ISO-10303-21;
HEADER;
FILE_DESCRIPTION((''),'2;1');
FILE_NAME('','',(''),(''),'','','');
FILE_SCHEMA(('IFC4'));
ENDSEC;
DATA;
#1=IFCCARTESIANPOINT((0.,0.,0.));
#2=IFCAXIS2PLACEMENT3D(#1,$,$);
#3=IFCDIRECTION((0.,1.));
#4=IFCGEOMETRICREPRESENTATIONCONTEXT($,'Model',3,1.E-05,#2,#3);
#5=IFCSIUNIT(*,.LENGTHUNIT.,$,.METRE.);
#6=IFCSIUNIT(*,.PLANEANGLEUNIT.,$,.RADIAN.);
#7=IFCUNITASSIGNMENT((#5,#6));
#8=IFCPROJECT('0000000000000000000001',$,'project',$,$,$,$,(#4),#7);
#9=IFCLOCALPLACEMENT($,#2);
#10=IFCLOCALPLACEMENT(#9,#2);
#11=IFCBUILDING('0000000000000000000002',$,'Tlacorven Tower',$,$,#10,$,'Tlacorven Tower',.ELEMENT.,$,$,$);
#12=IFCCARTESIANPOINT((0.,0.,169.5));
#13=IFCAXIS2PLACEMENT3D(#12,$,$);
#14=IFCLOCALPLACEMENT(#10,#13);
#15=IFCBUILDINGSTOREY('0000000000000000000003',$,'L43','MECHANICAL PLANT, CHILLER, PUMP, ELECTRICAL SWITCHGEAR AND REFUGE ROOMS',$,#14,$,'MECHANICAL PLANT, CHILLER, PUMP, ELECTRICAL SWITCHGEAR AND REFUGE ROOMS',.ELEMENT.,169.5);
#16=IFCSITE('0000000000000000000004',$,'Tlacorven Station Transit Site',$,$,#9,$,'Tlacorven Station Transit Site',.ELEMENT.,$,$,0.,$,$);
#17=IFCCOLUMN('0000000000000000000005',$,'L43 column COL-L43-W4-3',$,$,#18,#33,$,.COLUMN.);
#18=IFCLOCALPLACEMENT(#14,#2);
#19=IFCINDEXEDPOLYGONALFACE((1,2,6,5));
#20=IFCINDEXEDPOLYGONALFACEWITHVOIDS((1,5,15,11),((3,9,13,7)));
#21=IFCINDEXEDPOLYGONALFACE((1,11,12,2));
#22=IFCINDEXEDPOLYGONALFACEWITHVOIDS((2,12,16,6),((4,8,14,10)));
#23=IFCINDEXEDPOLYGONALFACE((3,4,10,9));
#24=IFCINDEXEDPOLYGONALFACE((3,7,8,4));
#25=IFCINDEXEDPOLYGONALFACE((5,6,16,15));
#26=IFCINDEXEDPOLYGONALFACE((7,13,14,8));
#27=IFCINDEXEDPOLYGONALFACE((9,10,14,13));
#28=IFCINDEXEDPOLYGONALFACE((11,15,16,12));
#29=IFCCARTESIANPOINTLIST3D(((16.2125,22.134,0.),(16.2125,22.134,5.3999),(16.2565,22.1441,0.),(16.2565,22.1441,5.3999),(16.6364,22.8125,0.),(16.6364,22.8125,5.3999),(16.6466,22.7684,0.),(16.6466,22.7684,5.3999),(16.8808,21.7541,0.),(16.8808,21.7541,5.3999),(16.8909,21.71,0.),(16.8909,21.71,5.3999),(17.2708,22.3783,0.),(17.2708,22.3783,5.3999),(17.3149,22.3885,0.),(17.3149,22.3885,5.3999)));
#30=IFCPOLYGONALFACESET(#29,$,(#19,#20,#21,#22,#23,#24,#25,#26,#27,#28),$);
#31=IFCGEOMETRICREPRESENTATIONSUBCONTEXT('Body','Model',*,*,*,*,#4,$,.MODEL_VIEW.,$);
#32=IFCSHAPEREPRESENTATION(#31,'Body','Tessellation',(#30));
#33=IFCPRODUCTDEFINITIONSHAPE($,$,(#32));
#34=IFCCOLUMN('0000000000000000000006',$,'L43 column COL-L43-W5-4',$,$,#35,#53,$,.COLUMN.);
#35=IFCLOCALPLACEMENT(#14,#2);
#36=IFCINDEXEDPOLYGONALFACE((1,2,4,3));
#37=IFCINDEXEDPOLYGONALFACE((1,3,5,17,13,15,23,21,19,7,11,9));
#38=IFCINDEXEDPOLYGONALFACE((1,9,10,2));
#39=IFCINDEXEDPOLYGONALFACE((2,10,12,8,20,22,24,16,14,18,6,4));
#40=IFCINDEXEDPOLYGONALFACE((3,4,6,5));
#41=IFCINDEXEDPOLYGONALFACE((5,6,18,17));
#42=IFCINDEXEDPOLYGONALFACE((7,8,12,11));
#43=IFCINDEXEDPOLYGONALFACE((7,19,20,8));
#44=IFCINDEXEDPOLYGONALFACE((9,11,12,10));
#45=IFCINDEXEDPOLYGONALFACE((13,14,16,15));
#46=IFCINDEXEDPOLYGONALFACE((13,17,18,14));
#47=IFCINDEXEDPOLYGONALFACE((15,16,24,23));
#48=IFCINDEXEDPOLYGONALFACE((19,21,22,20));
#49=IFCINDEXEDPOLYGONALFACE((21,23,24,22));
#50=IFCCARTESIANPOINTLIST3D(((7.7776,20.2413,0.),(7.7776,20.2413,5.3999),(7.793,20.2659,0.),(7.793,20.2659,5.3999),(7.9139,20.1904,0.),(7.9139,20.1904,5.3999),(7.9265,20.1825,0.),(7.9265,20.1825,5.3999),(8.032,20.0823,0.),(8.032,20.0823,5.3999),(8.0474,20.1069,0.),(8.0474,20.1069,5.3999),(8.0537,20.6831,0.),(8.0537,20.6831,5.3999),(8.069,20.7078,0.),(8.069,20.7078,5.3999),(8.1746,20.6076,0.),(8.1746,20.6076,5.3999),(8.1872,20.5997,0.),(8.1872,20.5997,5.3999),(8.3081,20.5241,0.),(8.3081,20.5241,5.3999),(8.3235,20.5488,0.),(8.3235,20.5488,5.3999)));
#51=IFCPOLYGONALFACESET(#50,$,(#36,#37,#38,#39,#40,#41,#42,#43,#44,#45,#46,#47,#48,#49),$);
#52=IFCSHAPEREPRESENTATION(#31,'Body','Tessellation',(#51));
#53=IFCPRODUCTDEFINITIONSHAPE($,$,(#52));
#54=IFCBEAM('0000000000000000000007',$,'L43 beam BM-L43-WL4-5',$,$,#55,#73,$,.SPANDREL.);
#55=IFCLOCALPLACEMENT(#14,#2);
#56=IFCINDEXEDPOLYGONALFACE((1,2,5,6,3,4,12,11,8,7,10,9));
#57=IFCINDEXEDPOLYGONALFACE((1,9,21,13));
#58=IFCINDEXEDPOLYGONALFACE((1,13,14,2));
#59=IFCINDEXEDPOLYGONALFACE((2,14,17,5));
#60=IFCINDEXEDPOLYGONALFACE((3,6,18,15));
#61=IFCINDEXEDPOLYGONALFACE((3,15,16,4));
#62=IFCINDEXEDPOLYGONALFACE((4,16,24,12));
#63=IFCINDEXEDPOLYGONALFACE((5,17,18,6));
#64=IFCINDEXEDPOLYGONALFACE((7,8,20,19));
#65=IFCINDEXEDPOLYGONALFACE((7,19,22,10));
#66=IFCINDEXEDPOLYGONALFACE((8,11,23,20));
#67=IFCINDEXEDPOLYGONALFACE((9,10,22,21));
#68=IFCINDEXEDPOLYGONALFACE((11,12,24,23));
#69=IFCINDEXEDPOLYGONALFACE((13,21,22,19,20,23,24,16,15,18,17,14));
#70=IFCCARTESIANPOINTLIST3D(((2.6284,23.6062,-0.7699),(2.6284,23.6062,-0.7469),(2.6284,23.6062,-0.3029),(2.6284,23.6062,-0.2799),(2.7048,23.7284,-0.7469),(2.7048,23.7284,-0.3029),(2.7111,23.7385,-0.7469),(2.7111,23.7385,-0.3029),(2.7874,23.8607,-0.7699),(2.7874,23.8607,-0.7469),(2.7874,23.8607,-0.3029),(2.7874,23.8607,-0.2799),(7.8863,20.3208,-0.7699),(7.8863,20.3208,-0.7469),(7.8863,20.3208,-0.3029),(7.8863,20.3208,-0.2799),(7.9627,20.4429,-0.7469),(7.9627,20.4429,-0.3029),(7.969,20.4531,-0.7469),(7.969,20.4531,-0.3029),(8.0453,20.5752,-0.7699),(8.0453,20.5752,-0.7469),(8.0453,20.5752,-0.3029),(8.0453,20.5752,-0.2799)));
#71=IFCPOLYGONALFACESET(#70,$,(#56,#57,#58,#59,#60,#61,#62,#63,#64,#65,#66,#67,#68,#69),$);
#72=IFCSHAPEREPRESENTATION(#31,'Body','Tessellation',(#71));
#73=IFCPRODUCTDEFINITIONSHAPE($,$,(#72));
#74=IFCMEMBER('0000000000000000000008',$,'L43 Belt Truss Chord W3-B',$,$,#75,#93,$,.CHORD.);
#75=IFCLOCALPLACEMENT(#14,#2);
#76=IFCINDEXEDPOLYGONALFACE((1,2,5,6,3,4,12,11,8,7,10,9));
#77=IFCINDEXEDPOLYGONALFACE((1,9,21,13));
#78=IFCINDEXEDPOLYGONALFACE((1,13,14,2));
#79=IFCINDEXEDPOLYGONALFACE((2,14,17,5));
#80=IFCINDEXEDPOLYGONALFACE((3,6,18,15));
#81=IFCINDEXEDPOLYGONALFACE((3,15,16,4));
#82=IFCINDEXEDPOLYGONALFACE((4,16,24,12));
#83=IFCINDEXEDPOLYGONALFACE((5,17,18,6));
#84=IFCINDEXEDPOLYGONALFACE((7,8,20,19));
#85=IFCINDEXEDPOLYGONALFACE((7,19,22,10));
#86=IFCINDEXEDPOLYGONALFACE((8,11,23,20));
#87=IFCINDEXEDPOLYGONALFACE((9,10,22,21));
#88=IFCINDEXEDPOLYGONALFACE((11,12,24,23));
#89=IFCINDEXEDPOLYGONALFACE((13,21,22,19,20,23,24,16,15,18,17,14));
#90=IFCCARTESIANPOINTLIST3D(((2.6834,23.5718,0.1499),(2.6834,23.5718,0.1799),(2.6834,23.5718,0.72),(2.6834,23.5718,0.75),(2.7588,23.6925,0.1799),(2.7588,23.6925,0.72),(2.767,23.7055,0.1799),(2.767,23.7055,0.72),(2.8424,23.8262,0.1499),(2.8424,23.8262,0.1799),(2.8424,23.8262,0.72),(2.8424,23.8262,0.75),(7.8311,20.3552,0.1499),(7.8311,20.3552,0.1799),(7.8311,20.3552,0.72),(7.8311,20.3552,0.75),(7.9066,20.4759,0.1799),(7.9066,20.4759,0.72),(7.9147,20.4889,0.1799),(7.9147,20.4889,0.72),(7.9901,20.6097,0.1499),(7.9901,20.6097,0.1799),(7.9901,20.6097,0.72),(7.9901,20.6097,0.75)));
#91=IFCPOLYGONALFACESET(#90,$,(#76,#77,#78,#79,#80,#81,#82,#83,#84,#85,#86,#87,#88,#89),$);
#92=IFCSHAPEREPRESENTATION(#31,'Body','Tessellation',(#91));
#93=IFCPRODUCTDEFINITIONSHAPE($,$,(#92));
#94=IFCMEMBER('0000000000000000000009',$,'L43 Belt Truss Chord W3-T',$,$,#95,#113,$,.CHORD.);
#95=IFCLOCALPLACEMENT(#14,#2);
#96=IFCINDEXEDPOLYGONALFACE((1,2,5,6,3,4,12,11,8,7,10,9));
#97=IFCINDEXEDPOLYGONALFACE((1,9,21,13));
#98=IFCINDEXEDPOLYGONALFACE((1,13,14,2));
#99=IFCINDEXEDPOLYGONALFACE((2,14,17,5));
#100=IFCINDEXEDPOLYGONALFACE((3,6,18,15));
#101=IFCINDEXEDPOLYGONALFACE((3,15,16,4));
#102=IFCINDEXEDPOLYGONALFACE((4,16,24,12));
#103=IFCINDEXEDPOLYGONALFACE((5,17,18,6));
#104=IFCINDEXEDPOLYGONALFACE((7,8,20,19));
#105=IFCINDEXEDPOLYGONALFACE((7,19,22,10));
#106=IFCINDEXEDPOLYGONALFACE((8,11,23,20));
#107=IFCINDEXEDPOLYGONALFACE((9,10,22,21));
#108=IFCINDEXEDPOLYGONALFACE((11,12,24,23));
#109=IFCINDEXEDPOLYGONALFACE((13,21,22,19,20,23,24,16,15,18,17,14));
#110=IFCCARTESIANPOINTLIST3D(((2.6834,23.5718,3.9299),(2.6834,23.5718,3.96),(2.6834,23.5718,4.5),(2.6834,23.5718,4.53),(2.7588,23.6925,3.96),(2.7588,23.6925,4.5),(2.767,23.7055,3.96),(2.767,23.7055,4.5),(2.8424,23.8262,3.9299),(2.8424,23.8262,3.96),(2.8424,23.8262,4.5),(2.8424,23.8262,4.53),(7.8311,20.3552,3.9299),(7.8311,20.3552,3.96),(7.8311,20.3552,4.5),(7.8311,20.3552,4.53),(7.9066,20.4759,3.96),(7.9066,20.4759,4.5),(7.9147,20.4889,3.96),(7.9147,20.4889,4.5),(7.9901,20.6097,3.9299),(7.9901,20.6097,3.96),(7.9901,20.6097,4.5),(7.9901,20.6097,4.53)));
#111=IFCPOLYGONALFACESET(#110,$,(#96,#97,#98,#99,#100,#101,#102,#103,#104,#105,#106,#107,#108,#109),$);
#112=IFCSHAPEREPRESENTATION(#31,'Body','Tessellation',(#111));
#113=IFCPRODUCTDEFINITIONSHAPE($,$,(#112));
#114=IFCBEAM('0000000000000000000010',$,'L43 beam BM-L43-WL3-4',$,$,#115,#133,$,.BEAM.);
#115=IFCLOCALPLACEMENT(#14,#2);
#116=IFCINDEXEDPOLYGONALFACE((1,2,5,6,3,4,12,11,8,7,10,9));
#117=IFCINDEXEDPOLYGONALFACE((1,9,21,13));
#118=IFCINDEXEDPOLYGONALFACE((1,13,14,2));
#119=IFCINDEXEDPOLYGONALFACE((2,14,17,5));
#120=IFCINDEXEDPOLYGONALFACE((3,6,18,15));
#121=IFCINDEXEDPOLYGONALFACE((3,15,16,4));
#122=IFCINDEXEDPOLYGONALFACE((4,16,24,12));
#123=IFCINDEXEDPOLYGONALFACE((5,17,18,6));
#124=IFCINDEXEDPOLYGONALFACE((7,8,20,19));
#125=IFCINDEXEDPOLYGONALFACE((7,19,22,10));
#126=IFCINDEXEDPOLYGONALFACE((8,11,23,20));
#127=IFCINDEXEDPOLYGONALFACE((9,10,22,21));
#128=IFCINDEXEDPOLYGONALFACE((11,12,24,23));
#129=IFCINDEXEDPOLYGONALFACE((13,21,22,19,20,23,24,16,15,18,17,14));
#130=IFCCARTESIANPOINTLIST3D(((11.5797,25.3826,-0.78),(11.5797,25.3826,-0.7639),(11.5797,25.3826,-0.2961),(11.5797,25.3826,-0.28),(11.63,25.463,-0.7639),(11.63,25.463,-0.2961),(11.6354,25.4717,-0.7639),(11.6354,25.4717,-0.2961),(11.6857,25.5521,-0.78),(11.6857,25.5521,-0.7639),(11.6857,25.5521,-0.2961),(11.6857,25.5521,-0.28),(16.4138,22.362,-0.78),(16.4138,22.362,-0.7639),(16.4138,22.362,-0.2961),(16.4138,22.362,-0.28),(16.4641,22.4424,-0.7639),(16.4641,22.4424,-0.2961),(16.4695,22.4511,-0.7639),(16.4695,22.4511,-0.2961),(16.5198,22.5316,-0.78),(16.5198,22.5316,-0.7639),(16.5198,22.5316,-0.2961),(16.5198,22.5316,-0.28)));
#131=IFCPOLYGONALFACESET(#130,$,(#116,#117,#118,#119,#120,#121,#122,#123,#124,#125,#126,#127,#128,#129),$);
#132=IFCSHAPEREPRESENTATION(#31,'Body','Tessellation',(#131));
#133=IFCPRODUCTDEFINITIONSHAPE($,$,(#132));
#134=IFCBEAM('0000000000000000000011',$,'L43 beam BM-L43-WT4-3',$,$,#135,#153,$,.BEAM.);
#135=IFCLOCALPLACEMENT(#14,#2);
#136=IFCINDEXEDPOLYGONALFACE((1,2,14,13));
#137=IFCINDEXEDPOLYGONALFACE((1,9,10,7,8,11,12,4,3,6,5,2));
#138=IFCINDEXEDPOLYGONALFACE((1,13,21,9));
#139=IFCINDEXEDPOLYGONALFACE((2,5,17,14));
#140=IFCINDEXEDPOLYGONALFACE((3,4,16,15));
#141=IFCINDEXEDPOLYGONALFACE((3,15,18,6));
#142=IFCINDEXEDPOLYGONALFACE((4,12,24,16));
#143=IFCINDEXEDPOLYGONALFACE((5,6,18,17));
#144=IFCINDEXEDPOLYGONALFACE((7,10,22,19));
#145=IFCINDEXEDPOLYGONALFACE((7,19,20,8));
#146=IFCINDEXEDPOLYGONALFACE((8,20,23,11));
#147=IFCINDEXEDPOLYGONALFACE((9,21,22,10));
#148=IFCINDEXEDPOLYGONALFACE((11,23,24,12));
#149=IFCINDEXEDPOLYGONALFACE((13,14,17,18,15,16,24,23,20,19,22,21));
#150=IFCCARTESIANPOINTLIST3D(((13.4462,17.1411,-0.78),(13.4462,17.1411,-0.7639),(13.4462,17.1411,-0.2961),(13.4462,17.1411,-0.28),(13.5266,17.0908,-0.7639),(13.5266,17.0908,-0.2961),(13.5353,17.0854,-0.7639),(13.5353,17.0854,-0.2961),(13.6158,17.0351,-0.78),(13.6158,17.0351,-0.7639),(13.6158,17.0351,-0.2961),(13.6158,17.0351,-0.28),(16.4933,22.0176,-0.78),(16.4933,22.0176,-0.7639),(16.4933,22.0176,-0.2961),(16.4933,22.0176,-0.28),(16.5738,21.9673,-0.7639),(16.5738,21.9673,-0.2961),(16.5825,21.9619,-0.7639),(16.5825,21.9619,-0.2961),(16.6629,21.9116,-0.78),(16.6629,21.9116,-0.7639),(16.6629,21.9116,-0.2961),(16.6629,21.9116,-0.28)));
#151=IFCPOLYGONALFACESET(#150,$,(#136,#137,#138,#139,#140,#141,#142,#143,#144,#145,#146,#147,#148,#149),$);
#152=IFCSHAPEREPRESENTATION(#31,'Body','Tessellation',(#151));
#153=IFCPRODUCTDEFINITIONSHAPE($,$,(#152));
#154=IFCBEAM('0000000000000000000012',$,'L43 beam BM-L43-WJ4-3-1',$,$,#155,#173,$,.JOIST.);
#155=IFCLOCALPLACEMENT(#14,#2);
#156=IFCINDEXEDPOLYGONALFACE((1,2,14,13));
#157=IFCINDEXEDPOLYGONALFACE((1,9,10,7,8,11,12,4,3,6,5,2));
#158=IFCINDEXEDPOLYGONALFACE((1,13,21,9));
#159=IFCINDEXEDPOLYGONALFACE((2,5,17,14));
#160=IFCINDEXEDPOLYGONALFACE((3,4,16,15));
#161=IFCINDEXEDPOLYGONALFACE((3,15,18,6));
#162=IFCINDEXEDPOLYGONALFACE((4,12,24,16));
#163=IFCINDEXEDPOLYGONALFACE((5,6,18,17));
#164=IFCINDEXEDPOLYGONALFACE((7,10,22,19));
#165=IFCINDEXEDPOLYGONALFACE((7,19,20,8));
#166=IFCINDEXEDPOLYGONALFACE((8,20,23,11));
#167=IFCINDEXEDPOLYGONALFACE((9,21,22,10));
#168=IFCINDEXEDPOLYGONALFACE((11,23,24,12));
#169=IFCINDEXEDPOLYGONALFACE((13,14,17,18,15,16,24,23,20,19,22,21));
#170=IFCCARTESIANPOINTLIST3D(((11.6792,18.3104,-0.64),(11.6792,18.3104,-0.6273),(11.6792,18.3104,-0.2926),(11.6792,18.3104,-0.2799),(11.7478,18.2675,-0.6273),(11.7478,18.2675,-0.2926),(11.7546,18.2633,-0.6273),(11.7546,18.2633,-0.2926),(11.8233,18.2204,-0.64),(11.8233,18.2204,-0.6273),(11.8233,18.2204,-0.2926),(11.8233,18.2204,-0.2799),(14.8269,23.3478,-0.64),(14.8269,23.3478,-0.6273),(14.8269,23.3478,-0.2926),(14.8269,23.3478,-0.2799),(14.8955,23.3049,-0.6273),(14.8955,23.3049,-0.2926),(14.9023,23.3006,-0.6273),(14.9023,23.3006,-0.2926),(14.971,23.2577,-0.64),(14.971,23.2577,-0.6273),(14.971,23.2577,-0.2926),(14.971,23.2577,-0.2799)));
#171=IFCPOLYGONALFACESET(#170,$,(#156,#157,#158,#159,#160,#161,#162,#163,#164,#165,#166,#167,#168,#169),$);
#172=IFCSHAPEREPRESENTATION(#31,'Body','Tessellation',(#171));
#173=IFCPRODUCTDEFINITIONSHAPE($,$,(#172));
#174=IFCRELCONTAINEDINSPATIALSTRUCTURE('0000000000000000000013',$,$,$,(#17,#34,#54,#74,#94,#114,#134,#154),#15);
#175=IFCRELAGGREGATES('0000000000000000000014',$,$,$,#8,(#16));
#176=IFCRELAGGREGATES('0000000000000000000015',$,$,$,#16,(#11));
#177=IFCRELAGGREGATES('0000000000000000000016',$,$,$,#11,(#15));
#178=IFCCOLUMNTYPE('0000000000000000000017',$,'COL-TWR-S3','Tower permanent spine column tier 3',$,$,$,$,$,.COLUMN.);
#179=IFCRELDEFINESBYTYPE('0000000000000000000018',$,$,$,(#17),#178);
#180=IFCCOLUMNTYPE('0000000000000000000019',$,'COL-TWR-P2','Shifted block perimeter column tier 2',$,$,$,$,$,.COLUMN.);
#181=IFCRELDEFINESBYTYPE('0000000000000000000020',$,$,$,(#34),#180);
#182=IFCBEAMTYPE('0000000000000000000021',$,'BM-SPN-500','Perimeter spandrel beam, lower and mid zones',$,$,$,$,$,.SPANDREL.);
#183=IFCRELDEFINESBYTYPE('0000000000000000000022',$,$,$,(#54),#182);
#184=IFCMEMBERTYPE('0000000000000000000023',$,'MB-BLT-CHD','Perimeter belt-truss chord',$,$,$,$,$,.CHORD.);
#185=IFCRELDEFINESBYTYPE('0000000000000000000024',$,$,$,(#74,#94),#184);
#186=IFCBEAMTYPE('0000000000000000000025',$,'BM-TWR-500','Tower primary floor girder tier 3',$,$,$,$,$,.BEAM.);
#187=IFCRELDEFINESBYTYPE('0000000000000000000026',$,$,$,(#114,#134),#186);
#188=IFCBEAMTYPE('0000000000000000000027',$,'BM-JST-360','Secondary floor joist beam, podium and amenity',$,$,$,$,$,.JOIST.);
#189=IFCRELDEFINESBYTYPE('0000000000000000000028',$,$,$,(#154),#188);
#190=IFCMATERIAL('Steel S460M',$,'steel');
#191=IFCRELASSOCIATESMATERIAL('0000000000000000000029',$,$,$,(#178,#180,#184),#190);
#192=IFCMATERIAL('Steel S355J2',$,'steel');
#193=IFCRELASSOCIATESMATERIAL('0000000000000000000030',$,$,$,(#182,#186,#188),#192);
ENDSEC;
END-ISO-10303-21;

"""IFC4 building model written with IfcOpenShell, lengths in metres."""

from ifc_helpers import new_model, si_unit, direction, frame, origin, origin_2d, place, context, subcontext, project, spatial, hollow_rectangle, i_section, extrude, source, transform, mapped, material, material_profile, profile_set, type_object, element, save


model = new_model("IFC4")

# Units and contexts
model_context = context("Model", 3, precision=1e-05, world=origin(), true_north=direction((0.0, 1.0)))
body_context = subcontext(model_context, "Body", "Model", "MODEL_VIEW")
ifc_project = project(units=[si_unit("LENGTHUNIT", "METRE"), si_unit("PLANEANGLEUNIT", "RADIAN")], contexts=[model_context])

# Site, building, storey
site_placement = place(None, origin())
site = spatial("IfcSite", under=ifc_project, at=site_placement, Name="Tlacorven Station Transit Site", LongName="Tlacorven Station Transit Site", CompositionType="ELEMENT", RefElevation=0.0)
building_placement = place(site_placement, origin())
building = spatial("IfcBuilding", under=site, at=building_placement, Name="Tlacorven Tower", LongName="Tlacorven Tower", CompositionType="ELEMENT")
storey_placement = place(building_placement, frame((0.0, 0.0, 169.5)))
storey = spatial("IfcBuildingStorey", under=building, at=storey_placement, Name="L43", Description="MECHANICAL PLANT, CHILLER, PUMP, ELECTRICAL SWITCHGEAR AND REFUGE ROOMS", LongName="MECHANICAL PLANT, CHILLER, PUMP, ELECTRICAL SWITCHGEAR AND REFUGE ROOMS", CompositionType="ELEMENT", Elevation=169.5)

# Columns
ifc_material_1 = material(Name="Steel S460M", Category="steel")
ifc_material_profile_1 = material_profile(ifc_material_1, hollow_rectangle(XDim=0.8, YDim=0.8, WallThickness=0.032, at=origin_2d()), Name="BOX 800X800X32")
ifc_profile_set_1 = profile_set([ifc_material_profile_1], Name="Steel S460M")
column_type_1 = type_object("IfcColumnType", Name="COL-TWR-S3", Description="Tower permanent spine column tier 3", PredefinedType="COLUMN", material=ifc_profile_set_1)
shared_shape_1 = source(origin(), body_context, "Body", "SweptSolid", [
    extrude(hollow_rectangle(XDim=0.8, YDim=0.8, WallThickness=0.032, at=origin_2d()), origin(), (0.0, 0.0, 1.0), 5.3999),
])
column_1_placement = place(storey_placement, frame((16.7637, 22.2612, 0.0), z_axis=(0.0, 0.0, 1.0), x_axis=(-0.848048, 0.529919, 0.0)))
element("IfcColumn", 1, at=column_1_placement, inside=storey, type_object=column_type_1, Name="L43 column COL-L43-W4-3", PredefinedType="COLUMN", context=body_context, shape_type="MappedRepresentation", body=[
    mapped(shared_shape_1, transform((0.0, 0.0, 0.0), scale=1.0)),
])
ifc_material_profile_2 = material_profile(ifc_material_1, i_section(OverallWidth=0.3, OverallDepth=0.55, WebThickness=0.0149, FlangeThickness=0.0291, at=origin_2d()), Name="HEB 550")
ifc_profile_set_2 = profile_set([ifc_material_profile_2], Name="Steel S460M")
column_type_2 = type_object("IfcColumnType", Name="COL-TWR-P2", Description="Shifted block perimeter column tier 2", PredefinedType="COLUMN", material=ifc_profile_set_2)
shared_shape_2 = source(origin(), body_context, "Body", "SweptSolid", [
    extrude(i_section(OverallWidth=0.3, OverallDepth=0.55, WebThickness=0.0149, FlangeThickness=0.0291, at=origin_2d()), origin(), (0.0, 0.0, 1.0), 5.3999),
])
column_2_placement = place(storey_placement, frame((8.0505, 20.395, 0.0), z_axis=(0.0, 0.0, 1.0), x_axis=(-0.848048, 0.529919, 0.0)))
element("IfcColumn", 2, at=column_2_placement, inside=storey, type_object=column_type_2, Name="L43 column COL-L43-W5-4", PredefinedType="COLUMN", context=body_context, shape_type="MappedRepresentation", body=[
    mapped(shared_shape_2, transform((0.0, 0.0, 0.0), scale=1.0)),
])

# Beam
ifc_material_2 = material(Name="Steel S355J2", Category="steel")
ifc_material_profile_3 = material_profile(ifc_material_2, i_section(OverallWidth=0.3, OverallDepth=0.49, WebThickness=0.012, FlangeThickness=0.0229, at=origin_2d()), Name="HEA 500")
ifc_profile_set_3 = profile_set([ifc_material_profile_3], Name="Steel S355J2")
beam_type_1 = type_object("IfcBeamType", Name="BM-SPN-500", Description="Perimeter spandrel beam, lower and mid zones", PredefinedType="SPANDREL", material=ifc_profile_set_3)
shared_shape_3 = source(origin(), body_context, "Body", "SweptSolid", [
    extrude(i_section(OverallWidth=0.3, OverallDepth=0.49, WebThickness=0.012, FlangeThickness=0.0229, at=origin_2d()), origin(), (0.0, 0.0, 1.0), 6.2),
])
beam_1_placement = place(storey_placement, frame((7.9658, 20.448, -0.5249), z_axis=(-0.848051, 0.529914, 0.0), x_axis=(-0.529914, -0.848051, 0.0)))
element("IfcBeam", 3, at=beam_1_placement, inside=storey, type_object=beam_type_1, Name="L43 beam BM-L43-WL4-5", PredefinedType="SPANDREL", context=body_context, shape_type="MappedRepresentation", body=[
    mapped(shared_shape_3, transform((0.0, 0.0, 0.0), scale=1.0)),
])

# Members
ifc_material_profile_4 = material_profile(ifc_material_1, i_section(OverallWidth=0.3, OverallDepth=0.6001, WebThickness=0.0154, FlangeThickness=0.03, at=origin_2d()), Name="HEB 600")
ifc_profile_set_4 = profile_set([ifc_material_profile_4], Name="Steel S460M")
member_type_1 = type_object("IfcMemberType", Name="MB-BLT-CHD", Description="Perimeter belt-truss chord", PredefinedType="CHORD", material=ifc_profile_set_4)
shared_shape_4 = source(origin(), body_context, "Body", "SweptSolid", [
    extrude(i_section(OverallWidth=0.3, OverallDepth=0.6001, WebThickness=0.0154, FlangeThickness=0.03, at=origin_2d()), origin(), (0.0, 0.0, 1.0), 6.0701),
])
for number, where, z_axis, x_axis, name in (
    (4, (7.9106, 20.4824, 0.45), (-0.848055, 0.529909, 0.0), (-0.529909, -0.848055, 0.0), "L43 Belt Truss Chord W3-B"),
    (5, (7.9106, 20.4824, 4.23), (-0.848055, 0.529909, 0.0), (-0.529909, -0.848055, 0.0), "L43 Belt Truss Chord W3-T"),
):
    element("IfcMember", number, at=place(storey_placement, frame(where, z_axis=z_axis, x_axis=x_axis)), inside=storey, type_object=member_type_1, Name=name, PredefinedType="CHORD", context=body_context, shape_type="MappedRepresentation", body=[
        mapped(shared_shape_4, transform((0.0, 0.0, 0.0), scale=1.0)),
    ])

# Beams
ifc_material_profile_5 = material_profile(ifc_material_2, i_section(OverallWidth=0.2, OverallDepth=0.5, WebThickness=0.0103, FlangeThickness=0.0161, at=origin_2d()), Name="IPE 500")
ifc_profile_set_5 = profile_set([ifc_material_profile_5], Name="Steel S355J2")
beam_type_2 = type_object("IfcBeamType", Name="BM-TWR-500", Description="Tower primary floor girder tier 3", PredefinedType="BEAM", material=ifc_profile_set_5)
shared_shape_5 = source(origin(), body_context, "Body", "SweptSolid", [
    extrude(i_section(OverallWidth=0.2, OverallDepth=0.5, WebThickness=0.0103, FlangeThickness=0.0161, at=origin_2d()), origin(), (0.0, 0.0, 1.0), 5.7002),
])
beam_2_placement = place(storey_placement, frame((16.4668, 22.4468, -0.53), z_axis=(-0.848056, 0.529907, 0.0), x_axis=(-0.529907, -0.848056, 0.0)))
element("IfcBeam", 6, at=beam_2_placement, inside=storey, type_object=beam_type_2, Name="L43 beam BM-L43-WL3-4", PredefinedType="BEAM", context=body_context, shape_type="MappedRepresentation", body=[
    mapped(shared_shape_5, transform((0.0, 0.0, 0.0), scale=1.0)),
])
shared_shape_6 = source(origin(), body_context, "Body", "SweptSolid", [
    extrude(i_section(OverallWidth=0.2, OverallDepth=0.5, WebThickness=0.0103, FlangeThickness=0.0161, at=origin_2d()), origin(), (0.0, 0.0, 1.0), 5.7502),
])
beam_3_placement = place(storey_placement, frame((16.5781, 21.9646, -0.53), z_axis=(-0.529915, -0.848051, 0.0), x_axis=(0.848051, -0.529915, 0.0)))
element("IfcBeam", 7, at=beam_3_placement, inside=storey, type_object=beam_type_2, Name="L43 beam BM-L43-WT4-3", PredefinedType="BEAM", context=body_context, shape_type="MappedRepresentation", body=[
    mapped(shared_shape_6, transform((0.0, 0.0, 0.0), scale=1.0)),
])
ifc_material_profile_6 = material_profile(ifc_material_2, i_section(OverallWidth=0.1699, OverallDepth=0.3601, WebThickness=0.0081, FlangeThickness=0.0127, at=origin_2d()), Name="IPE 360")
ifc_profile_set_6 = profile_set([ifc_material_profile_6], Name="Steel S355J2")
beam_type_3 = type_object("IfcBeamType", Name="BM-JST-360", Description="Secondary floor joist beam, podium and amenity", PredefinedType="JOIST", material=ifc_profile_set_6)
shared_shape_7 = source(origin(), body_context, "Body", "SweptSolid", [
    extrude(i_section(OverallWidth=0.1699, OverallDepth=0.3601, WebThickness=0.0081, FlangeThickness=0.0127, at=origin_2d()), origin(), (0.0, 0.0, 1.0), 5.9399),
])
beam_4_placement = place(storey_placement, frame((14.8989, 23.3027, -0.46), z_axis=(-0.529921, -0.848047, 0.0), x_axis=(0.848047, -0.529921, 0.0)))
element("IfcBeam", 8, at=beam_4_placement, inside=storey, type_object=beam_type_3, Name="L43 beam BM-L43-WJ4-3-1", PredefinedType="JOIST", context=body_context, shape_type="MappedRepresentation", body=[
    mapped(shared_shape_7, transform((0.0, 0.0, 0.0), scale=1.0)),
])

save(model, "model.ifc")
